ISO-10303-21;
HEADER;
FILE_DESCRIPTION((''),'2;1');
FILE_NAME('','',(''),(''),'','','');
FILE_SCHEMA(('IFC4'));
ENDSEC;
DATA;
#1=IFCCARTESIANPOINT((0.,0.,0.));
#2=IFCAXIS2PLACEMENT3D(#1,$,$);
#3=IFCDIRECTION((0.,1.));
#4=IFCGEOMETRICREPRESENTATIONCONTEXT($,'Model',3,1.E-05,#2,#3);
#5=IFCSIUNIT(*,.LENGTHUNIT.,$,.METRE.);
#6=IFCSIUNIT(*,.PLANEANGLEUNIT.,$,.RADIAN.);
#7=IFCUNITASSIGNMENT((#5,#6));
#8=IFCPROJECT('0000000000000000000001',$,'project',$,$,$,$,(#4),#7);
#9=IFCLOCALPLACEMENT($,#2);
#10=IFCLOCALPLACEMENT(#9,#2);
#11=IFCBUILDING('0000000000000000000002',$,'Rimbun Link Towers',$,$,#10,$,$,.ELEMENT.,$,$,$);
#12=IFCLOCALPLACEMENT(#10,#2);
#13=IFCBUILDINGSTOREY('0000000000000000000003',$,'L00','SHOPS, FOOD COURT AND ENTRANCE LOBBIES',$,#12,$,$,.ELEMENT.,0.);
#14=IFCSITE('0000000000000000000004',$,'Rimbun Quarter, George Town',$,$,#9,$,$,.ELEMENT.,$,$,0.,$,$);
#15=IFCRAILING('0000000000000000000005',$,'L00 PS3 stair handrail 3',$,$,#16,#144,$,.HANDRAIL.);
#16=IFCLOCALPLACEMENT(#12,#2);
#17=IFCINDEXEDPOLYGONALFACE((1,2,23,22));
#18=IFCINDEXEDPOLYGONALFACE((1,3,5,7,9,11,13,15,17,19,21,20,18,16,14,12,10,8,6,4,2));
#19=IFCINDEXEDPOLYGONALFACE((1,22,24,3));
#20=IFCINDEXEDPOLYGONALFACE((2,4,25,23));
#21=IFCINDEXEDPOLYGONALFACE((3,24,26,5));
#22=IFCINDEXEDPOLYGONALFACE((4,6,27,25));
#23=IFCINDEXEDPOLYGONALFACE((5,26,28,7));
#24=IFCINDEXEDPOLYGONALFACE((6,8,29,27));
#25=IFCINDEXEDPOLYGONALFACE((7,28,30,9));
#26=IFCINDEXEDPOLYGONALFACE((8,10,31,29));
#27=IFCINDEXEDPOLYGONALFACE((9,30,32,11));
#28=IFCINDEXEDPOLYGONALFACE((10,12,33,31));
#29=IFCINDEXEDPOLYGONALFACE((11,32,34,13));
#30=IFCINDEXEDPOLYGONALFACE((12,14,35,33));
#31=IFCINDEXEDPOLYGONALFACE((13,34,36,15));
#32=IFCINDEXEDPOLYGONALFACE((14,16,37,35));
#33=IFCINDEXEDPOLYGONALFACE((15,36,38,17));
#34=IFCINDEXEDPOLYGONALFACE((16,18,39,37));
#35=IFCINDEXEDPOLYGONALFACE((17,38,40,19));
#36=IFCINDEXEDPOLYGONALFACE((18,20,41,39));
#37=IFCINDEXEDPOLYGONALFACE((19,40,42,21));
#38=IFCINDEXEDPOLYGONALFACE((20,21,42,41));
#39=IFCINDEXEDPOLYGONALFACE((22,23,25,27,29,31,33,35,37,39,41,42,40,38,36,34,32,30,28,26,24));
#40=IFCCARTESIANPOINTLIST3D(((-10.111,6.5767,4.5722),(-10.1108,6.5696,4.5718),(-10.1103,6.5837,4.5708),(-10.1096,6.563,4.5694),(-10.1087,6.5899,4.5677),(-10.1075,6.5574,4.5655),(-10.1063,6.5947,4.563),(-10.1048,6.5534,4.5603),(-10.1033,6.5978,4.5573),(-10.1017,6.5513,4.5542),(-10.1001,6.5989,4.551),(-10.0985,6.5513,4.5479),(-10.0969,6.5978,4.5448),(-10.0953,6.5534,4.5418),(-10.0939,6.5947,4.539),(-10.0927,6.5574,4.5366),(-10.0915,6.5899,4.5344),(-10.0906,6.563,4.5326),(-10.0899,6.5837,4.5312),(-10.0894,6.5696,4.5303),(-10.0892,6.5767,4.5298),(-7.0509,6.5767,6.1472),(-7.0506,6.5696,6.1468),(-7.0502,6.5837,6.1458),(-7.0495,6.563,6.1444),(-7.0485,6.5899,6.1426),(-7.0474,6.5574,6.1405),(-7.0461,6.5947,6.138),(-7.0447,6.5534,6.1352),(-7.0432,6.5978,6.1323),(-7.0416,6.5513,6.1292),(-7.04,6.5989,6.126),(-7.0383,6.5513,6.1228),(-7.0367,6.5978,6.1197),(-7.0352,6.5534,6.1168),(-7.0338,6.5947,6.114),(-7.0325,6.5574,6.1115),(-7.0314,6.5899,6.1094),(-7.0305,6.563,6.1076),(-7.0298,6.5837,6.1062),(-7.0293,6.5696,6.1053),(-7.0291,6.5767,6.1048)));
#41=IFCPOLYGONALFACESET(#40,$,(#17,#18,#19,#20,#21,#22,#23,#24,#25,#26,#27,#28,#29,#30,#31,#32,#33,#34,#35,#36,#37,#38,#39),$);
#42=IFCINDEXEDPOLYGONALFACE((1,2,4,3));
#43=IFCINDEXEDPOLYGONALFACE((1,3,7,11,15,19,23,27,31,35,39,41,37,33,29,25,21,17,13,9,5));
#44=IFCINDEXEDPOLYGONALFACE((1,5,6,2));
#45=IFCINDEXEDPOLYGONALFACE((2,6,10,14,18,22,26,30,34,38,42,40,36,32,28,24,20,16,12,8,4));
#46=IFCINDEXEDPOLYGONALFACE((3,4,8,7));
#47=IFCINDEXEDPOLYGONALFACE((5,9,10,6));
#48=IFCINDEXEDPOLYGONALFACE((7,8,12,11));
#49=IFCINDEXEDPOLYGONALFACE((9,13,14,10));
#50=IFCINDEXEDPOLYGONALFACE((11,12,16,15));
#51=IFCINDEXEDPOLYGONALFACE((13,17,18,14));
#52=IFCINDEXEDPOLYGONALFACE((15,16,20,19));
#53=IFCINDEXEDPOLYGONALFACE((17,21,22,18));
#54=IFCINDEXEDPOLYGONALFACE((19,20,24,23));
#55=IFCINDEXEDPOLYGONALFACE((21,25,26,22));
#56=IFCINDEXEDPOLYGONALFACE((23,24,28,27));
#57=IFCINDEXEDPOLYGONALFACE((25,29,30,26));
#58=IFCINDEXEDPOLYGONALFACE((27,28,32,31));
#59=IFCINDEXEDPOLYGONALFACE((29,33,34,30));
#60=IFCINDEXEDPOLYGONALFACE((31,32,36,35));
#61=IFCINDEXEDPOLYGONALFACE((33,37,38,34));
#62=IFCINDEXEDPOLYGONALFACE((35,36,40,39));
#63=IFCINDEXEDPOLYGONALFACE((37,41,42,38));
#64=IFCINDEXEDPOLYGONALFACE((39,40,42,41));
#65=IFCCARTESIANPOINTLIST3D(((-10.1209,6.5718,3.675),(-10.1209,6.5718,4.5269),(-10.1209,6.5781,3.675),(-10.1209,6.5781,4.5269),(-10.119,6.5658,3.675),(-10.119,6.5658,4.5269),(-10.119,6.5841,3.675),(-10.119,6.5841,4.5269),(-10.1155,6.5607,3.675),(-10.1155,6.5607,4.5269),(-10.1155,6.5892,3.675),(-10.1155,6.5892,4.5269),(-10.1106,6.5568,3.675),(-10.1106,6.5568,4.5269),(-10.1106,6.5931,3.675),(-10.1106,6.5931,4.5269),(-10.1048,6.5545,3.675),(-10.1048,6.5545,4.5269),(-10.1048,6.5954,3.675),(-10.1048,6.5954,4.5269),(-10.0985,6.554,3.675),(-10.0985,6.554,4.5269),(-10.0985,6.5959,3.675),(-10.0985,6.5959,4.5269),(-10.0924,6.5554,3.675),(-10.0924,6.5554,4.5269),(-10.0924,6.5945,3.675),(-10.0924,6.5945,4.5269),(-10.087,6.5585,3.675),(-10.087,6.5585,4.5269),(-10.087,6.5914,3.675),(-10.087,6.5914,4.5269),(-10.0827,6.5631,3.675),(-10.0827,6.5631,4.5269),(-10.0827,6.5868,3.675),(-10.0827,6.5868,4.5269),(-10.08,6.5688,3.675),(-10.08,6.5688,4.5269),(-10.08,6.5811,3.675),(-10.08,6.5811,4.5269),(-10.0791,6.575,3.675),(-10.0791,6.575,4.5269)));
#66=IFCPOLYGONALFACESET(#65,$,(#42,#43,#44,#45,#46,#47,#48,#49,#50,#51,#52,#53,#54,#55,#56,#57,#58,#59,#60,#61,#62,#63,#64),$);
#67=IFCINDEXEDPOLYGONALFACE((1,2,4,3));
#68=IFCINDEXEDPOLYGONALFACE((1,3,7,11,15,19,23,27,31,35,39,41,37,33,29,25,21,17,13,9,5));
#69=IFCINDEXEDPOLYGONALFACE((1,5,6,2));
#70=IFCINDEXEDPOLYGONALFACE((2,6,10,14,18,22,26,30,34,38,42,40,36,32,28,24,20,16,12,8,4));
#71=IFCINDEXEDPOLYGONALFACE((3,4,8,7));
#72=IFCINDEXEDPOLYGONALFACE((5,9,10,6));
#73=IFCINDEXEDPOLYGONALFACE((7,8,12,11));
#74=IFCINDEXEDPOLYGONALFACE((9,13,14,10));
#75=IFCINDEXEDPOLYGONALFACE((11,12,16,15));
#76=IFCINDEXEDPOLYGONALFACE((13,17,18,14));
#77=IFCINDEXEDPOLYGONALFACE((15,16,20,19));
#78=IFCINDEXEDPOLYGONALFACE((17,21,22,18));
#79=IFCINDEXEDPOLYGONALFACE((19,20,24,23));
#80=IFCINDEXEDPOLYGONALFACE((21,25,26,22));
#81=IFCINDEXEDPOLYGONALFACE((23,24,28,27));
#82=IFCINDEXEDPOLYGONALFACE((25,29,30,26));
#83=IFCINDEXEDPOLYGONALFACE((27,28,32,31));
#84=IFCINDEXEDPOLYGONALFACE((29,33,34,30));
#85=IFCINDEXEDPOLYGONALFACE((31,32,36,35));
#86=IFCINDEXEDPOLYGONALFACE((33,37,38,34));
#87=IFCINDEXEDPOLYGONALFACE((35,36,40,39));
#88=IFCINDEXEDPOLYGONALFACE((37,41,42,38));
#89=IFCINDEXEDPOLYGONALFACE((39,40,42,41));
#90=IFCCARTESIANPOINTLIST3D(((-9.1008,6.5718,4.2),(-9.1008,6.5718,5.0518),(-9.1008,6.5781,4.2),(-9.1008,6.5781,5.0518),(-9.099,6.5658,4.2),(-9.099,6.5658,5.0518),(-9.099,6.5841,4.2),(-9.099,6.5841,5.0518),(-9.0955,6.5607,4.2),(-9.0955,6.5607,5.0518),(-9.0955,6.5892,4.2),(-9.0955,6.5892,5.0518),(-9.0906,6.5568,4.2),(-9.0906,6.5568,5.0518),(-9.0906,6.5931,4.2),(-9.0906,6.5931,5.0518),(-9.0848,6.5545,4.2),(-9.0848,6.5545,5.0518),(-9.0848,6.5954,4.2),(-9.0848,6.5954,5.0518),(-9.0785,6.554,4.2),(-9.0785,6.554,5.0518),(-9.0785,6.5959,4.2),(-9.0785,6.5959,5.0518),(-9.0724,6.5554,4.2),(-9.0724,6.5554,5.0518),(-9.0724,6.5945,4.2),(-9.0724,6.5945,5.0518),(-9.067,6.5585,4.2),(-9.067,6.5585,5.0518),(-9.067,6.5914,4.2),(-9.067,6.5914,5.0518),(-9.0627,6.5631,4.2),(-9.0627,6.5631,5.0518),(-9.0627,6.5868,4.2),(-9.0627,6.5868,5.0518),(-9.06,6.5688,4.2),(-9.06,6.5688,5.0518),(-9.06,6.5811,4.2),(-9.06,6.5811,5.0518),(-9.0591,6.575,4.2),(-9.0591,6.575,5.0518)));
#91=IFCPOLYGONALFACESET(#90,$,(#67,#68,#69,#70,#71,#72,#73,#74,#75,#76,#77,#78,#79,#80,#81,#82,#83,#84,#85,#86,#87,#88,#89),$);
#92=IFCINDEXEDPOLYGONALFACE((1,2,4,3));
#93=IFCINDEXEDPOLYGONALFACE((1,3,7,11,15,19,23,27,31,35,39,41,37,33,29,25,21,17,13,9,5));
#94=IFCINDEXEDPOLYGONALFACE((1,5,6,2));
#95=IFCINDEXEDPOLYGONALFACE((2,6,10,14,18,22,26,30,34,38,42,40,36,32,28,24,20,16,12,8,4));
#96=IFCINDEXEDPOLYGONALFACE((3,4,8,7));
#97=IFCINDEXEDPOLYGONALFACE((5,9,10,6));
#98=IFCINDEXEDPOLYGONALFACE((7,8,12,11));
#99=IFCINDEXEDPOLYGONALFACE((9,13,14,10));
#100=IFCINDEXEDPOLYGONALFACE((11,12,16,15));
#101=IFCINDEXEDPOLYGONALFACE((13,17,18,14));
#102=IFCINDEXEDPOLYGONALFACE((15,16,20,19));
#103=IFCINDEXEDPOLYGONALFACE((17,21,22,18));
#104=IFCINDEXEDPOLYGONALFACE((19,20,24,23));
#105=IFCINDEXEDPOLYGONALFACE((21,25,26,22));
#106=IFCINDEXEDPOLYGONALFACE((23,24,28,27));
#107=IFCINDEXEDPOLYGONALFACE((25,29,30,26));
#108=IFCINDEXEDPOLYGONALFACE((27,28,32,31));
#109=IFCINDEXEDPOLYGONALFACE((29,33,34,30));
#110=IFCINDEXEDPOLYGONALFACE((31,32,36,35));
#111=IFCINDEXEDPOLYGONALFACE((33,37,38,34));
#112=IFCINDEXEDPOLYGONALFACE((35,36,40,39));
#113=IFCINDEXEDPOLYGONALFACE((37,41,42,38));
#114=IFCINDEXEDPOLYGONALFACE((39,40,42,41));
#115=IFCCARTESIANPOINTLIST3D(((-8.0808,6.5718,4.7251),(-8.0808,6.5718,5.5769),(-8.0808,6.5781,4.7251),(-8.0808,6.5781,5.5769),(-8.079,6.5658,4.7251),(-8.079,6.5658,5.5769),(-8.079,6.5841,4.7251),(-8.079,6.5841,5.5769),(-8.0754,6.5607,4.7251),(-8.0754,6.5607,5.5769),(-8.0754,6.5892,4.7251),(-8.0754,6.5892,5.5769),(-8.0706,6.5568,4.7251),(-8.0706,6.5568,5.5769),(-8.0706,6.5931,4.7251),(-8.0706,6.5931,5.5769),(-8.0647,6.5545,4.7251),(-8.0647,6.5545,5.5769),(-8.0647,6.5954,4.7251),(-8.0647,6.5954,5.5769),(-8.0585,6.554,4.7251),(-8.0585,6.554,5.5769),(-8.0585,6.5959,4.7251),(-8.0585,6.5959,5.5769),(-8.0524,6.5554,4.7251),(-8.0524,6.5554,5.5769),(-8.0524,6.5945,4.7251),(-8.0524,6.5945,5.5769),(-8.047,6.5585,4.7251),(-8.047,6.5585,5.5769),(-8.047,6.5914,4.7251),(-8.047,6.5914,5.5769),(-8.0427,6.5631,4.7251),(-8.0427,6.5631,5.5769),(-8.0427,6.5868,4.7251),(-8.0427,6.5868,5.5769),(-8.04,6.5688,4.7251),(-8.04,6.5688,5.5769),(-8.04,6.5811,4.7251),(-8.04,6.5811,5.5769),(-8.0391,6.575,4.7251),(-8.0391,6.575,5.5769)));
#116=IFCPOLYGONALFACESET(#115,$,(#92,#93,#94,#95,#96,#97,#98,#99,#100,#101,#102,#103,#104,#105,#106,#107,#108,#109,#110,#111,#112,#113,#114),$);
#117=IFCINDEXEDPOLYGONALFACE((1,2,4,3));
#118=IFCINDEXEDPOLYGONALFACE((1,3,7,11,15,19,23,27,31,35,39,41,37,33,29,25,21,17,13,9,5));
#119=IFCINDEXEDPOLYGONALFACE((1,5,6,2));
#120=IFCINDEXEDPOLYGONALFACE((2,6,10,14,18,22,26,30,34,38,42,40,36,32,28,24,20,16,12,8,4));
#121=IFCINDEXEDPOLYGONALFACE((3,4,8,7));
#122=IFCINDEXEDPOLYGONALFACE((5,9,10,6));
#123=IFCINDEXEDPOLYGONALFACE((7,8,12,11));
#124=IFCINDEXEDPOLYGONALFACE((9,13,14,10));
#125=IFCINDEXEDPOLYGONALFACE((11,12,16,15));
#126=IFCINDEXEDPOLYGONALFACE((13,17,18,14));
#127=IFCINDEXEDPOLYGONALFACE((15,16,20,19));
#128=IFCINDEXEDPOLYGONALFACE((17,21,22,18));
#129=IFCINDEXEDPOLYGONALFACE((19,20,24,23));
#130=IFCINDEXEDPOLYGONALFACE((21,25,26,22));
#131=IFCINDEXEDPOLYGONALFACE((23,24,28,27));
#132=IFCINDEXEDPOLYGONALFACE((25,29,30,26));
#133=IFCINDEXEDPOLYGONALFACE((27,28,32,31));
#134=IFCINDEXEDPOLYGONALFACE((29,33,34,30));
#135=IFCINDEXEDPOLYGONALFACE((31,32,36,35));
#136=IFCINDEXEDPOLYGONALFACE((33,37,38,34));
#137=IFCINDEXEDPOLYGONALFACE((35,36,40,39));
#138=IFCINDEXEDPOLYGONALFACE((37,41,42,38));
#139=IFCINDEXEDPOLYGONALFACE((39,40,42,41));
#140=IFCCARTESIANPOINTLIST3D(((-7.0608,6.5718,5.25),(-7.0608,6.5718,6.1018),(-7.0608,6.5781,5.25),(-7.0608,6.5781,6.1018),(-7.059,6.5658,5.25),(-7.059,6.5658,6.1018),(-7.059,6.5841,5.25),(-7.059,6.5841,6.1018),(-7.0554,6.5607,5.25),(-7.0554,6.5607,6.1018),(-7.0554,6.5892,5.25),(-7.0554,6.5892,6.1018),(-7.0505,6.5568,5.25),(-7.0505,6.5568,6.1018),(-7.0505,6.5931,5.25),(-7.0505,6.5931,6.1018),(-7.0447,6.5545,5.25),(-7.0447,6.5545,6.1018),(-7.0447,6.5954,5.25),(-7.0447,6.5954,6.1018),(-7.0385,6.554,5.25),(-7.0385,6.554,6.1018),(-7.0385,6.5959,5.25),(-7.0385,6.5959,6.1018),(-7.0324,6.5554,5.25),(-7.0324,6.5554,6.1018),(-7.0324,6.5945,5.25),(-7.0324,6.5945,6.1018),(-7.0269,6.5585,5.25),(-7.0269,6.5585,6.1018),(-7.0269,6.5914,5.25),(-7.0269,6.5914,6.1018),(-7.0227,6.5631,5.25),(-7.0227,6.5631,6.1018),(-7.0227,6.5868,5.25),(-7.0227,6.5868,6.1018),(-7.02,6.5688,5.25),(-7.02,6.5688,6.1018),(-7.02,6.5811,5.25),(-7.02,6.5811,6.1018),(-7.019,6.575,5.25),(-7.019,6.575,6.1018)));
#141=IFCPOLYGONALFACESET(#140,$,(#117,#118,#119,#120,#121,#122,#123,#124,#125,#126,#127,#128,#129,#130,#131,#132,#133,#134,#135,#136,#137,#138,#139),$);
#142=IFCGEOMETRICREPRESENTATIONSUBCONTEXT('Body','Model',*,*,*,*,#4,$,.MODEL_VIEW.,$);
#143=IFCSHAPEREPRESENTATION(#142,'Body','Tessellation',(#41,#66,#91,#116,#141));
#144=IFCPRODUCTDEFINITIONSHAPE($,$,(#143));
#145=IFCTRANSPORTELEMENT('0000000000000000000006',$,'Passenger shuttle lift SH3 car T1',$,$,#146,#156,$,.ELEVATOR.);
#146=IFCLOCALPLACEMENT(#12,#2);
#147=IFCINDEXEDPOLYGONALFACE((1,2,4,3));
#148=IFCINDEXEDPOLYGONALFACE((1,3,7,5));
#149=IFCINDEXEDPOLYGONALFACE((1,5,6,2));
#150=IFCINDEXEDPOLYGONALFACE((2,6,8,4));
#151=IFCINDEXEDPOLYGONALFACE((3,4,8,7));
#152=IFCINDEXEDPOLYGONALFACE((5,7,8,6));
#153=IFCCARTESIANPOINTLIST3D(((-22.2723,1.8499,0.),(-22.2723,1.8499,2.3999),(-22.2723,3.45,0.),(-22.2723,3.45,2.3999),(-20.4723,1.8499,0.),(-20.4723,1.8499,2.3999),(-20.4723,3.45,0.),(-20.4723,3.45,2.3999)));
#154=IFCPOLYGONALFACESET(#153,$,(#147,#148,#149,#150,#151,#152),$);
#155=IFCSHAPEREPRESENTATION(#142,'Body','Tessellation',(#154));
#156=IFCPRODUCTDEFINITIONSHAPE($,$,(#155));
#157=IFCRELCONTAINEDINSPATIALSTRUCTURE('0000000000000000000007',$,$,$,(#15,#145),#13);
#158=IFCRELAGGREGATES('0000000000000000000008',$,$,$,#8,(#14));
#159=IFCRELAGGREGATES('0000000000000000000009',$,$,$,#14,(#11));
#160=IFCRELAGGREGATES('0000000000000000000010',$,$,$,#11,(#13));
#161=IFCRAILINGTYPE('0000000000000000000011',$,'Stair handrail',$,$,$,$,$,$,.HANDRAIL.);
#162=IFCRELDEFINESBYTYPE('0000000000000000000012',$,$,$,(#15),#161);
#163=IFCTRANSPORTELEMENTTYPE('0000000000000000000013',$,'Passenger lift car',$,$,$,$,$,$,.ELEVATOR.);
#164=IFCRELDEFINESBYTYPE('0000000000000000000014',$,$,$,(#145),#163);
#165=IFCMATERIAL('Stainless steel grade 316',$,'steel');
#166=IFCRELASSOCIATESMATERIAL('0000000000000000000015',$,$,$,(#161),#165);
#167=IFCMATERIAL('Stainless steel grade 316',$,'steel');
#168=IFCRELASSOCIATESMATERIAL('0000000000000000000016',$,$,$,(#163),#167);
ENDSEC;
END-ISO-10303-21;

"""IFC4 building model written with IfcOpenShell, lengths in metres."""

from ifc_helpers import new_model, si_unit, direction, frame, origin, origin_2d, place, context, subcontext, project, spatial, rectangle, circle, extrude, material, type_object, element, save


model = new_model("IFC4")

# Units and contexts
model_context = context("Model", 3, precision=1e-05, world=origin(), true_north=direction((0.0, 1.0)))
body_context = subcontext(model_context, "Body", "Model", "MODEL_VIEW")
ifc_project = project(units=[si_unit("LENGTHUNIT", "METRE"), si_unit("PLANEANGLEUNIT", "RADIAN")], contexts=[model_context])

# Site, building, storey
site_placement = place(None, origin())
site = spatial("IfcSite", under=ifc_project, at=site_placement, Name="Rimbun Quarter, George Town", CompositionType="ELEMENT", RefElevation=0.0)
building_placement = place(site_placement, origin())
building = spatial("IfcBuilding", under=site, at=building_placement, Name="Rimbun Link Towers", CompositionType="ELEMENT")
storey_placement = place(building_placement, origin())
storey = spatial("IfcBuildingStorey", under=building, at=storey_placement, Name="L00", Description="SHOPS, FOOD COURT AND ENTRANCE LOBBIES", CompositionType="ELEMENT", Elevation=0.0)

# Railing
ifc_material_1 = material(Name="Stainless steel grade 316", Category="steel")
railing_type_1 = type_object("IfcRailingType", Name="Stair handrail", PredefinedType="HANDRAIL", material=ifc_material_1)
for number, where, name in (
    (1, (-10.1001, 6.575, 3.675), "L00 PS3 stair handrail 3"),
):
    element("IfcRailing", number, at=place(storey_placement, frame(where)), inside=storey, type_object=railing_type_1, Name=name, PredefinedType="HANDRAIL", context=body_context, shape_type="SweptSolid", body=[
        extrude(circle(Radius=0.0239, at=origin_2d()), frame((0.0, 0.0, 0.876), z_axis=(0.889145, 0.0, 0.457625), x_axis=(0.0, 1.0, 0.0)), (0.0, 0.0, 1.0), 3.4417),
        extrude(circle(Radius=0.021, at=origin_2d()), origin(), (0.0, 0.0, 1.0), 0.8518),
        extrude(circle(Radius=0.021, at=origin_2d()), frame((1.02, 0.0, 0.5249)), (0.0, 0.0, 1.0), 0.8518),
        extrude(circle(Radius=0.021, at=origin_2d()), frame((2.04, 0.0, 1.05)), (0.0, 0.0, 1.0), 0.8518),
        extrude(circle(Radius=0.021, at=origin_2d()), frame((3.0601, 0.0, 1.575)), (0.0, 0.0, 1.0), 0.8518),
    ])

# Transport element
ifc_material_2 = material(Name="Stainless steel grade 316", Category="steel")
transport_element_type = type_object("IfcTransportElementType", Name="Passenger lift car", PredefinedType="ELEVATOR", material=ifc_material_2)
transport_element_placement = place(storey_placement, frame((-21.3723, 2.6499, 0.0), z_axis=(0.0, 0.0, 1.0), x_axis=(1.0, 0.0, 0.0)))
element("IfcTransportElement", 2, at=transport_element_placement, inside=storey, type_object=transport_element_type, Name="Passenger shuttle lift SH3 car T1", PredefinedType="ELEVATOR", context=body_context, shape_type="SweptSolid", body=[
    extrude(rectangle(XDim=1.8, YDim=1.6001, at=origin_2d()), origin(), (0.0, 0.0, 1.0), 2.3999),
])

save(model, "model.ifc")
